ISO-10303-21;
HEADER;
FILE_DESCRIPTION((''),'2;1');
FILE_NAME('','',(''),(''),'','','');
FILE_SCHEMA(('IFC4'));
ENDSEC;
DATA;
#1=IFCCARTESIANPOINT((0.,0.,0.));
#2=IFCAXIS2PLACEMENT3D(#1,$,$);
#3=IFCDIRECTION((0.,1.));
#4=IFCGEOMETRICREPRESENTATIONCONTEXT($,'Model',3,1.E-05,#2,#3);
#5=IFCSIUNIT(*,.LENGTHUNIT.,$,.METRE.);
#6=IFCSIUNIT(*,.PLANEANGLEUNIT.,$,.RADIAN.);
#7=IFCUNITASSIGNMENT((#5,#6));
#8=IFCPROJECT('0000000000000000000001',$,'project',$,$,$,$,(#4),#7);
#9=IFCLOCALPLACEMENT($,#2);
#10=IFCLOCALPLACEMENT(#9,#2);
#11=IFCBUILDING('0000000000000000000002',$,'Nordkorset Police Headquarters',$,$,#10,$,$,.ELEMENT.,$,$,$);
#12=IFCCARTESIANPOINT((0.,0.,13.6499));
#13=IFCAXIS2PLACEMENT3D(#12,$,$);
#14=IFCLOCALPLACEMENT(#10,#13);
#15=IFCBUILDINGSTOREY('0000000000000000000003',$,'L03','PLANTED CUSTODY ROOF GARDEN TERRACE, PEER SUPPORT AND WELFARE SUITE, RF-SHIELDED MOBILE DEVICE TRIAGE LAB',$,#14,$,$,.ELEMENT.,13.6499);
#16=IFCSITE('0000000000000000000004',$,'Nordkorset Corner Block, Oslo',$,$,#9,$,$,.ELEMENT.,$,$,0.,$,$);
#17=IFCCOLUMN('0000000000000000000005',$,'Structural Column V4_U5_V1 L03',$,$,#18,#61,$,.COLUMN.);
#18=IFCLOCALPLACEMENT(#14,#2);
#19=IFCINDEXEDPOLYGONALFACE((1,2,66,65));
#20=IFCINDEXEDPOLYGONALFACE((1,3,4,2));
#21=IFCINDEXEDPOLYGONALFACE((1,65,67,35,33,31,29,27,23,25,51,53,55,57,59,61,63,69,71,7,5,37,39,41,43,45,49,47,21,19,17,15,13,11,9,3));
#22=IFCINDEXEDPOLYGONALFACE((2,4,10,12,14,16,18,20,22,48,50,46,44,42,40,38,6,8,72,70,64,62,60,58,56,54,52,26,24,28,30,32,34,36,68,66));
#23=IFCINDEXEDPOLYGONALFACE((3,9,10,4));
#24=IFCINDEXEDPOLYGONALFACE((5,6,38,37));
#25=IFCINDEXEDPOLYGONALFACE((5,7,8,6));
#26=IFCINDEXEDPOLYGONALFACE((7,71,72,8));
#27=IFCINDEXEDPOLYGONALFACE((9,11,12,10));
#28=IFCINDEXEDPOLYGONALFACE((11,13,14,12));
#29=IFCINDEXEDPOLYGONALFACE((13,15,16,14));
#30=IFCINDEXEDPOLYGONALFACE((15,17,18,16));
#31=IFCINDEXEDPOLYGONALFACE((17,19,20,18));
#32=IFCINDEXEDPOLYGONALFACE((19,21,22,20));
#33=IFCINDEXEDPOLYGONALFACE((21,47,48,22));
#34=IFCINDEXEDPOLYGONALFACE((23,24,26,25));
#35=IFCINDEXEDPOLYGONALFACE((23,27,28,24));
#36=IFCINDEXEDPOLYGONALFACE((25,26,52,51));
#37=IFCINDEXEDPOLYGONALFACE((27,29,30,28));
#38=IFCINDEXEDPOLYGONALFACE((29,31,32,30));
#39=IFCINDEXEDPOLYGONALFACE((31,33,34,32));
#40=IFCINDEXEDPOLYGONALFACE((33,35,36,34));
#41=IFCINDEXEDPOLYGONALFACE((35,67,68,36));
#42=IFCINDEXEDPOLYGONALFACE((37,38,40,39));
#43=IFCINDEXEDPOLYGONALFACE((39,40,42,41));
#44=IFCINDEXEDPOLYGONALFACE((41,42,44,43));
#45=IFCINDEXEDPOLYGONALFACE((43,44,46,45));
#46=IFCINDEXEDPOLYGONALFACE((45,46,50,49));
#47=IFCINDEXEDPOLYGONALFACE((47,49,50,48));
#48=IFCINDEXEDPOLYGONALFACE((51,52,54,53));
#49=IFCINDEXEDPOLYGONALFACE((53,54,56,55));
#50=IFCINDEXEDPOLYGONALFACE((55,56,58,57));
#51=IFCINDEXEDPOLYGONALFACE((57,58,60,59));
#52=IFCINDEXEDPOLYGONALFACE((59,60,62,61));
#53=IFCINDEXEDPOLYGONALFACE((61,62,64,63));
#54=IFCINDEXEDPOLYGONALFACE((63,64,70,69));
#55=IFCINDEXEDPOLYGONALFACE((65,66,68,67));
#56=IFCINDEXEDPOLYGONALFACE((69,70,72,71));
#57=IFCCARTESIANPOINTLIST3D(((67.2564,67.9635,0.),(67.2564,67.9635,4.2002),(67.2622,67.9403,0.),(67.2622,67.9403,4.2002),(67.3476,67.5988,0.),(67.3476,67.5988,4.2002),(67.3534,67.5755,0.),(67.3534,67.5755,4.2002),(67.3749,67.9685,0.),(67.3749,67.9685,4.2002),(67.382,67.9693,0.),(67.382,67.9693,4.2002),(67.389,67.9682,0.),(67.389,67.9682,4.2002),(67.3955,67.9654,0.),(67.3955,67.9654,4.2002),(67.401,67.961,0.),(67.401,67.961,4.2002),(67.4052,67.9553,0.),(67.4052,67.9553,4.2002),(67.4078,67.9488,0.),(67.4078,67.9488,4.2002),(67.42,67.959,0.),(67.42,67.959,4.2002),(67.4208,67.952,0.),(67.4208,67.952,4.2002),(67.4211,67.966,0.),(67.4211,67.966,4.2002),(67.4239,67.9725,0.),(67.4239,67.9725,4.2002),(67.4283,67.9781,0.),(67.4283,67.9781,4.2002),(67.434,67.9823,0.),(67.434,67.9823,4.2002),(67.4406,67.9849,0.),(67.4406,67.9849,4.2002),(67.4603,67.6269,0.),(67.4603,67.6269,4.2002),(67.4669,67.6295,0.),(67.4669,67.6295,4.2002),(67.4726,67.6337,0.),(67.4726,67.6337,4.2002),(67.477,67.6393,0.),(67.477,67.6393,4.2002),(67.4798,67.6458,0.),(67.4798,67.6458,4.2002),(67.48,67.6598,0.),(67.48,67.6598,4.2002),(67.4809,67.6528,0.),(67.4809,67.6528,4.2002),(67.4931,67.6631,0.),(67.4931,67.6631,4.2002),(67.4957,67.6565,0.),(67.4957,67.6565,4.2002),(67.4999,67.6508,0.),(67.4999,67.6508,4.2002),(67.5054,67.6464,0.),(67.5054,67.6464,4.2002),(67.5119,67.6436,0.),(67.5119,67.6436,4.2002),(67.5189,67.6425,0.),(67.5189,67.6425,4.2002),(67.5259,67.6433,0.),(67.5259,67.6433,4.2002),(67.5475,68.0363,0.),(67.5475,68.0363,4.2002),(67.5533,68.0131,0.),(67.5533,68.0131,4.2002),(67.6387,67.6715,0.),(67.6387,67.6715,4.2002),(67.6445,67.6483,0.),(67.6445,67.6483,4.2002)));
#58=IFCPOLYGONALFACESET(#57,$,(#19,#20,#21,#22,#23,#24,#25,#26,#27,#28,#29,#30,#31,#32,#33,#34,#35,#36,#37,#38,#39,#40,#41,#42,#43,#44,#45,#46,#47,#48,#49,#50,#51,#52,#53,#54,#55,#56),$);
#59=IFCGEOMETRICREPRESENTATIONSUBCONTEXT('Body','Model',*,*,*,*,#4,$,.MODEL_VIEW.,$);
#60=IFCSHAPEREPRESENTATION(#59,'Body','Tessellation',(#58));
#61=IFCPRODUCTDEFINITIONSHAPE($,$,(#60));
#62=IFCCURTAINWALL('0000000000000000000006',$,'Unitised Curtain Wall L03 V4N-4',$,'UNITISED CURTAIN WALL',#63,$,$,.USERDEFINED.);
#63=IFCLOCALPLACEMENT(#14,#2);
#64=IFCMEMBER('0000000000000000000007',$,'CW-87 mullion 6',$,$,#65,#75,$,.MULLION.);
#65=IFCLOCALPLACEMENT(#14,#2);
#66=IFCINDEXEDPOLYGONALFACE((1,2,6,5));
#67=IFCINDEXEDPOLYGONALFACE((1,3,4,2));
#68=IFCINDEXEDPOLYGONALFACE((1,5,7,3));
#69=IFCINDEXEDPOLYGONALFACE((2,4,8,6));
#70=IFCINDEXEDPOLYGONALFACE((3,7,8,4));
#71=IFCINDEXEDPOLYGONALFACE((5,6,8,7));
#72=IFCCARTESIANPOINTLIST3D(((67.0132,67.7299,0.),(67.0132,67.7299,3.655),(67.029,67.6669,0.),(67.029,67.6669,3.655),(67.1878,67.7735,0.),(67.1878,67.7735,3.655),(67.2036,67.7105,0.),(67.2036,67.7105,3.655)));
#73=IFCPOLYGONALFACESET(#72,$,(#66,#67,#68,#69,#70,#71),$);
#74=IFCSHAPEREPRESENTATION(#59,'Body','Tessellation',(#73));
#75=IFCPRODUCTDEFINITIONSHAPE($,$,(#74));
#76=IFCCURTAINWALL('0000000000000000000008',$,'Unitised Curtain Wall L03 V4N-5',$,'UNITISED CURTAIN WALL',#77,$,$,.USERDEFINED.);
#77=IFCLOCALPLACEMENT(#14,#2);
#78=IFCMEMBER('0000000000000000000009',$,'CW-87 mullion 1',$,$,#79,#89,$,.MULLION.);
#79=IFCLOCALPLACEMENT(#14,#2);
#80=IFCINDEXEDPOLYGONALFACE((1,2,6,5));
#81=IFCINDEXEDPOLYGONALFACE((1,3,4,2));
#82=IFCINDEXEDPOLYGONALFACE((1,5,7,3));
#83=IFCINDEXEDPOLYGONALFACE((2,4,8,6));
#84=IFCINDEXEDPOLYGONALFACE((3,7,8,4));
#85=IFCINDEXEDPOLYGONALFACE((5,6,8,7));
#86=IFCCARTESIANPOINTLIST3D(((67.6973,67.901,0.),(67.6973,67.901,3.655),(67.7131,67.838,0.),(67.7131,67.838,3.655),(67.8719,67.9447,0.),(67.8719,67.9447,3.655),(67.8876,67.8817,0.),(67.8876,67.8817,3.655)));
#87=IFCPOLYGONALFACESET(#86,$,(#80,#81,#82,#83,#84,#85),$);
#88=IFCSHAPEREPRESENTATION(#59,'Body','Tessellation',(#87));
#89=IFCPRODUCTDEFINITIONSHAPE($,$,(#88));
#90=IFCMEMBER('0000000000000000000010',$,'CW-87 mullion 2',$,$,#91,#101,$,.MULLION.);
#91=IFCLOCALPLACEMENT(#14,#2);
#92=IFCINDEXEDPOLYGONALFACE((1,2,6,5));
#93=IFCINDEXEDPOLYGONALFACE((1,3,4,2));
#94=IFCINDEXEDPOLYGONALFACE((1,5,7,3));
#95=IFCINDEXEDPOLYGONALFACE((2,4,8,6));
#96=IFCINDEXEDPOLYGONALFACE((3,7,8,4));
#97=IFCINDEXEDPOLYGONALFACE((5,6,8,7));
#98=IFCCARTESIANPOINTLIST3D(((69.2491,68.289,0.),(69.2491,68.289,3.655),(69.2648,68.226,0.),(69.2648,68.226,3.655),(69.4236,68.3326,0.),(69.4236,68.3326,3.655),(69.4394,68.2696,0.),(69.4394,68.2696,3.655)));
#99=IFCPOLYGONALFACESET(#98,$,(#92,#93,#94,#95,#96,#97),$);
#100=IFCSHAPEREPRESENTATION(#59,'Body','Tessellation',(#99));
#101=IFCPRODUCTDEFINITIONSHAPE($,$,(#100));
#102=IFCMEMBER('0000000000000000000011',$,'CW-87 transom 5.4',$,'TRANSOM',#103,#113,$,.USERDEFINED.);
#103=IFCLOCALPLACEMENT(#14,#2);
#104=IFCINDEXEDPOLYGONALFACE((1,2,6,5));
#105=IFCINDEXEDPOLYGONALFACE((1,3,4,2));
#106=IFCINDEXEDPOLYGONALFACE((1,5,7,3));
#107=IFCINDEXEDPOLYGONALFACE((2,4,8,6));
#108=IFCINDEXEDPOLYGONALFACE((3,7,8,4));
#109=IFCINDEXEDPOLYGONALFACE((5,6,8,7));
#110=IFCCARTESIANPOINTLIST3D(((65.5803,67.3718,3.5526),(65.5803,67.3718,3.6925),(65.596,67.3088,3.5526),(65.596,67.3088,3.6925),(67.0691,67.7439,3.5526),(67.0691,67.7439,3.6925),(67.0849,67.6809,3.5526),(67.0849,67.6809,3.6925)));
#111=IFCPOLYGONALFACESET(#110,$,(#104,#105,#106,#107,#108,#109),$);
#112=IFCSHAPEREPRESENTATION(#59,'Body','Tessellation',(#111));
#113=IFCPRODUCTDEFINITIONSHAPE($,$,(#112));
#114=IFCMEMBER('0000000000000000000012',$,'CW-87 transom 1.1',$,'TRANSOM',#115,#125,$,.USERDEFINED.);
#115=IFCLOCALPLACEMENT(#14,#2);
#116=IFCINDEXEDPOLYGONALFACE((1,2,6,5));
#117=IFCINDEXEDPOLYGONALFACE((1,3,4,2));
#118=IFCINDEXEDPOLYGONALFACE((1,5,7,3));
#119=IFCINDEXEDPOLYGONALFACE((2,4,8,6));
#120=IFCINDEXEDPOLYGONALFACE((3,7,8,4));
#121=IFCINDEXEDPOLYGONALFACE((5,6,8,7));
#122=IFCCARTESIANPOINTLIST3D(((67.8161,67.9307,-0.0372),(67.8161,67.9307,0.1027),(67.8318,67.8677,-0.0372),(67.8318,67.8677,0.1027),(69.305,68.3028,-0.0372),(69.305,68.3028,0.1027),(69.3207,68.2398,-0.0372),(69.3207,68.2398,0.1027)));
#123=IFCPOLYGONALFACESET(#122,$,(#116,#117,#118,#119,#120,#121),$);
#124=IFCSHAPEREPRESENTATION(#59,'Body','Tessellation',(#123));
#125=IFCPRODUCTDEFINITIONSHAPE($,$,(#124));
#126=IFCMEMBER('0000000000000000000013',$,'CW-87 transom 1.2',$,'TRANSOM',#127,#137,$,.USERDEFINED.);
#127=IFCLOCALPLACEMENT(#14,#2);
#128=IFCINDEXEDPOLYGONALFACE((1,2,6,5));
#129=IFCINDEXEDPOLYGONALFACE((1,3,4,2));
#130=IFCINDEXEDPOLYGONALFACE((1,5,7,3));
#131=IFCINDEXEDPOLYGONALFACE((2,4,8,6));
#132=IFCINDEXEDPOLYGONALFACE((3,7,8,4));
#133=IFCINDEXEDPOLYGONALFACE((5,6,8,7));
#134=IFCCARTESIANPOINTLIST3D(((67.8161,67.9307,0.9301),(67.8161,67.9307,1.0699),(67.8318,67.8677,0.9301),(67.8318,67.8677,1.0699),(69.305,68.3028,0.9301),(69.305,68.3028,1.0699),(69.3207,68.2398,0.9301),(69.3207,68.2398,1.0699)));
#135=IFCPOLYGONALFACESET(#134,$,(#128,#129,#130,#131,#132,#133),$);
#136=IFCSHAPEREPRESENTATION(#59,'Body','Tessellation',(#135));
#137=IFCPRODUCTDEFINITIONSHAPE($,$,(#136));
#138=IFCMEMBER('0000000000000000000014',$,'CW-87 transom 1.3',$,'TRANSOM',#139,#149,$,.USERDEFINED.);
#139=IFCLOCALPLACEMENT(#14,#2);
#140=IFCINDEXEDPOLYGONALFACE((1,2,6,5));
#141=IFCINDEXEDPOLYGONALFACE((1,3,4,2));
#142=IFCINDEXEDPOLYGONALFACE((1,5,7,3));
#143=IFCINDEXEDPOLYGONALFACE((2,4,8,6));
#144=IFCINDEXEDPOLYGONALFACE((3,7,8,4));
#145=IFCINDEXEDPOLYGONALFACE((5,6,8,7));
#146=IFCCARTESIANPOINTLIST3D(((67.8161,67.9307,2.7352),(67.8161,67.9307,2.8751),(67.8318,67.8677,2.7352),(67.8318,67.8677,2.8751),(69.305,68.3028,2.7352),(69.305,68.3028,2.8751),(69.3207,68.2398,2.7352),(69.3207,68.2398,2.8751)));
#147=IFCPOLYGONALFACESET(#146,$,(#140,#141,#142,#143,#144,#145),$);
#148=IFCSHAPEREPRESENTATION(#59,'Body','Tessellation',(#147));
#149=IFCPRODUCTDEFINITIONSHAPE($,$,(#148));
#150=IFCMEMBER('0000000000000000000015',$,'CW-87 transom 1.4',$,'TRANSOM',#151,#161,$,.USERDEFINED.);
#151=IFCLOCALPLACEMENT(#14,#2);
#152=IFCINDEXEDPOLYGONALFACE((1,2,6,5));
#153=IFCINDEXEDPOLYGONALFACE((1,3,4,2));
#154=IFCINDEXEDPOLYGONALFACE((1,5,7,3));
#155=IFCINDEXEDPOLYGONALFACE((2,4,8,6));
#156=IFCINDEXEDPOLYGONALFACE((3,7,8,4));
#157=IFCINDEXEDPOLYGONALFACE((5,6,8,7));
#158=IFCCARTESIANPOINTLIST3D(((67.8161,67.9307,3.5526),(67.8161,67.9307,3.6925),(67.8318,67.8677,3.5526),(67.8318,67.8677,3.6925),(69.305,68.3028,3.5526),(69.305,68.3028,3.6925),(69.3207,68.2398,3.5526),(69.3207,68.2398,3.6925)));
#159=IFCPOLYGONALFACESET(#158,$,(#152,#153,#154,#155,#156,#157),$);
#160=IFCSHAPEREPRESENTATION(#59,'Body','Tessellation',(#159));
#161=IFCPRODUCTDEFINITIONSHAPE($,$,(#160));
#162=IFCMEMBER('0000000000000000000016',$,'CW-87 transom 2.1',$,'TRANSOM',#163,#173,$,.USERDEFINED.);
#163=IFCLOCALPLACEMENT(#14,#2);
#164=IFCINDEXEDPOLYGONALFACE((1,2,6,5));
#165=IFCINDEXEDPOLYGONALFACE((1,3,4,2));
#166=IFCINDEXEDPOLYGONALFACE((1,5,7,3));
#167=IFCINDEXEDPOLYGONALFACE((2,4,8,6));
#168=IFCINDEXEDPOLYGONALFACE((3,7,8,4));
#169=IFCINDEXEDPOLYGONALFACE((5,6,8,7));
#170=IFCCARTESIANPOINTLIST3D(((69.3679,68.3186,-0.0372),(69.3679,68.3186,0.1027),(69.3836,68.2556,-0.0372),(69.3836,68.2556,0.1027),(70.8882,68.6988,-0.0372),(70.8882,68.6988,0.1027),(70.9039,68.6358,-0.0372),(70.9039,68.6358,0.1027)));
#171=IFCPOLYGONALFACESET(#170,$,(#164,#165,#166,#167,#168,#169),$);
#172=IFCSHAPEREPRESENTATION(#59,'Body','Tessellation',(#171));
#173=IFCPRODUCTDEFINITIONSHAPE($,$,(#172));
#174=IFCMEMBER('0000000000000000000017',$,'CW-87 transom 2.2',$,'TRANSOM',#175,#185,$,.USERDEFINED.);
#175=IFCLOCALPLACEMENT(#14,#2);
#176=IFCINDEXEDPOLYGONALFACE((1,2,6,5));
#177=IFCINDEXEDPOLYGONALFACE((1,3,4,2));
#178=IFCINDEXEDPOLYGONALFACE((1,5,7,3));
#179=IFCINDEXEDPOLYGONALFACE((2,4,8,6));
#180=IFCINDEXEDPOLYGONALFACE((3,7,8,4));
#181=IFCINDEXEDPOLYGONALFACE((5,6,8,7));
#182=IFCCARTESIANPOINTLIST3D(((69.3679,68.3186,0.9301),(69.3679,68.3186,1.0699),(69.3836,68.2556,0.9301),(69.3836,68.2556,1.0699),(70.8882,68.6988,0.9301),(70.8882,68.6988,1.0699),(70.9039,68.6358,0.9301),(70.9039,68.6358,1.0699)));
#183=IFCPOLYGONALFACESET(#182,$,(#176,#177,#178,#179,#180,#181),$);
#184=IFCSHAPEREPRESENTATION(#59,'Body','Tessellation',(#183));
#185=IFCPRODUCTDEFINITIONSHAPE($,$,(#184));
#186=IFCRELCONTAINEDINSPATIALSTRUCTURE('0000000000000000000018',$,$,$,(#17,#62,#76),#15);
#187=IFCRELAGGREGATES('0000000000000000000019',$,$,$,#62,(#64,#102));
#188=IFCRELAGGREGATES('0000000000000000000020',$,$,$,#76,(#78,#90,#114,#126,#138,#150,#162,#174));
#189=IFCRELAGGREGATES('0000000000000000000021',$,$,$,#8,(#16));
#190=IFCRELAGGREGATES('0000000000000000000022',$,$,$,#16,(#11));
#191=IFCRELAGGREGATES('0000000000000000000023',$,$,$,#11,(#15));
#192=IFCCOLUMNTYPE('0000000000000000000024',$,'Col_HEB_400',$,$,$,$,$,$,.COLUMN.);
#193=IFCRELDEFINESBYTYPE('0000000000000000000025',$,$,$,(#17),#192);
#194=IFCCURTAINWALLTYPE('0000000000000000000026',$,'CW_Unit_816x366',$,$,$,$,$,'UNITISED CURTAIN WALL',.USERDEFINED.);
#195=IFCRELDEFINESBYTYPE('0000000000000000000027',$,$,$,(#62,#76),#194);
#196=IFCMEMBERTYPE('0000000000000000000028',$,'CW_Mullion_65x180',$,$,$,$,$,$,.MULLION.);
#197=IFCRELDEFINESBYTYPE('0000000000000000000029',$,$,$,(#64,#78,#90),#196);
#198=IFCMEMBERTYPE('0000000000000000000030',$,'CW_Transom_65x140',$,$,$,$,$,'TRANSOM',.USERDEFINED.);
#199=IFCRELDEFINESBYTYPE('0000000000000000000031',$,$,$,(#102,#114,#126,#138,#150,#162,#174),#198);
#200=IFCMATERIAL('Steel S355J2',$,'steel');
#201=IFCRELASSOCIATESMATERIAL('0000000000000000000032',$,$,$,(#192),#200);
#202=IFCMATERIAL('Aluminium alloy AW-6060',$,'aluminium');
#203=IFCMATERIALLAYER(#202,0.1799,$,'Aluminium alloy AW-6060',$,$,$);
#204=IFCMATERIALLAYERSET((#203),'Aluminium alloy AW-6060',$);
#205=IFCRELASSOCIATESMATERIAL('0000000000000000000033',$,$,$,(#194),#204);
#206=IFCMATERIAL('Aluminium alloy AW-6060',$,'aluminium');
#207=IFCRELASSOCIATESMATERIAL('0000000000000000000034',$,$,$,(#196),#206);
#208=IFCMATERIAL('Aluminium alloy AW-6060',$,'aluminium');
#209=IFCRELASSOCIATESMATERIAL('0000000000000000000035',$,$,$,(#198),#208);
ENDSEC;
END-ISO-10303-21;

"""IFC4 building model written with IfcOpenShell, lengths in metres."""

from ifc_helpers import new_model, si_unit, direction, frame, origin, origin_2d, place, context, subcontext, project, spatial, rectangle, i_section, extrude, material, layer, layer_set, material_profile, profile_set, type_object, element, aggregate, save


model = new_model("IFC4")

# Units and contexts
model_context = context("Model", 3, precision=1e-05, world=origin(), true_north=direction((0.0, 1.0)))
body_context = subcontext(model_context, "Body", "Model", "MODEL_VIEW")
ifc_project = project(units=[si_unit("LENGTHUNIT", "METRE"), si_unit("PLANEANGLEUNIT", "RADIAN")], contexts=[model_context])

# Site, building, storey
site_placement = place(None, origin())
site = spatial("IfcSite", under=ifc_project, at=site_placement, Name="Nordkorset Corner Block, Oslo", CompositionType="ELEMENT", RefElevation=0.0)
building_placement = place(site_placement, origin())
building = spatial("IfcBuilding", under=site, at=building_placement, Name="Nordkorset Police Headquarters", CompositionType="ELEMENT")
storey_placement = place(building_placement, frame((0.0, 0.0, 13.6499)))
storey = spatial("IfcBuildingStorey", under=building, at=storey_placement, Name="L03", Description="PLANTED CUSTODY ROOF GARDEN TERRACE, PEER SUPPORT AND WELFARE SUITE, RF-SHIELDED MOBILE DEVICE TRIAGE LAB", CompositionType="ELEMENT", Elevation=13.6499)

# Column
ifc_material_1 = material(Name="Steel S355J2", Category="steel")
ifc_material_profile_1 = material_profile(ifc_material_1, i_section(OverallWidth=0.3, OverallDepth=0.3999, WebThickness=0.0134, FlangeThickness=0.0239, FilletRadius=0.0271, at=origin_2d()), Name="HEB 400")
ifc_profile_set_1 = profile_set([ifc_material_profile_1], Name="Steel S355J2")
column_type = type_object("IfcColumnType", Name="Col_HEB_400", PredefinedType="COLUMN", material=ifc_profile_set_1)
column_placement = place(storey_placement, frame((67.4504, 67.8059, 0.0), z_axis=(0.0, 0.0, 1.0), x_axis=(0.970143, 0.242536, 0.0)))
element("IfcColumn", 1, at=column_placement, inside=storey, type_object=column_type, Name="Structural Column V4_U5_V1 L03", PredefinedType="COLUMN", context=body_context, shape_type="SweptSolid", body=[
    extrude(i_section(OverallWidth=0.3, OverallDepth=0.3999, WebThickness=0.0134, FlangeThickness=0.0239, FilletRadius=0.0271, at=origin_2d()), origin(), (0.0, 0.0, 1.0), 4.2002),
])

# Curtain wall, member
ifc_material_2 = material(Name="Aluminium alloy AW-6060", Category="aluminium")
ifc_layer_1 = layer(ifc_material_2, 0.1799, Name="Aluminium alloy AW-6060")
ifc_layer_set_1 = layer_set([ifc_layer_1], Name="Aluminium alloy AW-6060")
curtain_wall_type = type_object("IfcCurtainWallType", Name="CW_Unit_816x366", ElementType="UNITISED CURTAIN WALL", PredefinedType="USERDEFINED", material=ifc_layer_set_1)
curtain_wall_1_placement = place(storey_placement, origin())
curtain_wall_1 = element("IfcCurtainWall", 2, at=curtain_wall_1_placement, inside=storey, type_object=curtain_wall_type, Name="Unitised Curtain Wall L03 V4N-4", ObjectType="UNITISED CURTAIN WALL", PredefinedType="USERDEFINED")
ifc_material_3 = material(Name="Aluminium alloy AW-6060", Category="aluminium")
ifc_material_profile_2 = material_profile(ifc_material_3, rectangle(XDim=0.0649, YDim=0.1799, at=origin_2d()), Name="ALU MULL 65x180")
ifc_profile_set_2 = profile_set([ifc_material_profile_2], Name="Aluminium alloy AW-6060")
member_type_1 = type_object("IfcMemberType", Name="CW_Mullion_65x180", PredefinedType="MULLION", material=ifc_profile_set_2)
member_1_placement = place(storey_placement, frame((67.1084, 67.7202, 0.0), z_axis=(0.0, 0.0, 1.0), x_axis=(-0.242535, 0.970143, 0.0)))
member_1 = element("IfcMember", 3, at=member_1_placement, type_object=member_type_1, Name="CW-87 mullion 6", PredefinedType="MULLION", context=body_context, shape_type="SweptSolid", body=[
    extrude(rectangle(XDim=0.0649, YDim=0.1799, at=origin_2d()), origin(), (0.0, 0.0, 1.0), 3.655),
])

# Curtain wall, members
curtain_wall_2_placement = place(storey_placement, origin())
curtain_wall_2 = element("IfcCurtainWall", 4, at=curtain_wall_2_placement, inside=storey, type_object=curtain_wall_type, Name="Unitised Curtain Wall L03 V4N-5", ObjectType="UNITISED CURTAIN WALL", PredefinedType="USERDEFINED")
member_2_placement = place(storey_placement, frame((67.7925, 67.8914, 0.0), z_axis=(0.0, 0.0, 1.0), x_axis=(-0.242536, 0.970143, 0.0)))
member_2 = element("IfcMember", 5, at=member_2_placement, type_object=member_type_1, Name="CW-87 mullion 1", PredefinedType="MULLION", context=body_context, shape_type="SweptSolid", body=[
    extrude(rectangle(XDim=0.0649, YDim=0.1799, at=origin_2d()), origin(), (0.0, 0.0, 1.0), 3.655),
])
member_3_placement = place(storey_placement, frame((69.3442, 68.2793, 0.0), z_axis=(0.0, 0.0, 1.0), x_axis=(-0.242536, 0.970143, 0.0)))
member_3 = element("IfcMember", 6, at=member_3_placement, type_object=member_type_1, Name="CW-87 mullion 2", PredefinedType="MULLION", context=body_context, shape_type="SweptSolid", body=[
    extrude(rectangle(XDim=0.0649, YDim=0.1799, at=origin_2d()), origin(), (0.0, 0.0, 1.0), 3.655),
])

# Members
ifc_material_4 = material(Name="Aluminium alloy AW-6060", Category="aluminium")
ifc_material_profile_3 = material_profile(ifc_material_4, rectangle(XDim=0.0649, YDim=0.1399, at=origin_2d()), Name="ALU TRAN 65x140")
ifc_profile_set_3 = profile_set([ifc_material_profile_3], Name="Aluminium alloy AW-6060")
member_type_2 = type_object("IfcMemberType", Name="CW_Transom_65x140", ElementType="TRANSOM", PredefinedType="USERDEFINED", material=ifc_profile_set_3)
member_4_placement = place(storey_placement, frame((65.5881, 67.3403, 3.6226), z_axis=(0.970161, 0.242461, 0.0), x_axis=(-0.242461, 0.970161, 0.0)))
member_4 = element("IfcMember", 7, at=member_4_placement, type_object=member_type_2, Name="CW-87 transom 5.4", ObjectType="TRANSOM", PredefinedType="USERDEFINED", context=body_context, shape_type="SweptSolid", body=[
    extrude(rectangle(XDim=0.0649, YDim=0.1399, at=origin_2d()), origin(), (0.0, 0.0, 1.0), 1.5347),
])
member_5_placement = place(storey_placement, frame((67.824, 67.8992, 0.0327), z_axis=(0.970161, 0.242461, 0.0), x_axis=(-0.242461, 0.970161, 0.0)))
member_5 = element("IfcMember", 8, at=member_5_placement, type_object=member_type_2, Name="CW-87 transom 1.1", ObjectType="TRANSOM", PredefinedType="USERDEFINED", context=body_context, shape_type="SweptSolid", body=[
    extrude(rectangle(XDim=0.0649, YDim=0.1399, at=origin_2d()), origin(), (0.0, 0.0, 1.0), 1.5347),
])
member_6_placement = place(storey_placement, frame((67.824, 67.8992, 1.0), z_axis=(0.970161, 0.242461, 0.0), x_axis=(-0.242461, 0.970161, 0.0)))
member_6 = element("IfcMember", 9, at=member_6_placement, type_object=member_type_2, Name="CW-87 transom 1.2", ObjectType="TRANSOM", PredefinedType="USERDEFINED", context=body_context, shape_type="SweptSolid", body=[
    extrude(rectangle(XDim=0.0649, YDim=0.1399, at=origin_2d()), origin(), (0.0, 0.0, 1.0), 1.5347),
])
member_7_placement = place(storey_placement, frame((67.824, 67.8992, 2.8052), z_axis=(0.970161, 0.242461, 0.0), x_axis=(-0.242461, 0.970161, 0.0)))
member_7 = element("IfcMember", 10, at=member_7_placement, type_object=member_type_2, Name="CW-87 transom 1.3", ObjectType="TRANSOM", PredefinedType="USERDEFINED", context=body_context, shape_type="SweptSolid", body=[
    extrude(rectangle(XDim=0.0649, YDim=0.1399, at=origin_2d()), origin(), (0.0, 0.0, 1.0), 1.5347),
])
member_8_placement = place(storey_placement, frame((67.824, 67.8992, 3.6226), z_axis=(0.970161, 0.242461, 0.0), x_axis=(-0.242461, 0.970161, 0.0)))
member_8 = element("IfcMember", 11, at=member_8_placement, type_object=member_type_2, Name="CW-87 transom 1.4", ObjectType="TRANSOM", PredefinedType="USERDEFINED", context=body_context, shape_type="SweptSolid", body=[
    extrude(rectangle(XDim=0.0649, YDim=0.1399, at=origin_2d()), origin(), (0.0, 0.0, 1.0), 1.5347),
])
member_9_placement = place(storey_placement, frame((69.3757, 68.2871, 0.0327), z_axis=(0.970133, 0.242572, 0.0), x_axis=(-0.242572, 0.970133, 0.0)))
member_9 = element("IfcMember", 12, at=member_9_placement, type_object=member_type_2, Name="CW-87 transom 2.1", ObjectType="TRANSOM", PredefinedType="USERDEFINED", context=body_context, shape_type="SweptSolid", body=[
    extrude(rectangle(XDim=0.0649, YDim=0.1399, at=origin_2d()), origin(), (0.0, 0.0, 1.0), 1.5671),
])
member_10_placement = place(storey_placement, frame((69.3757, 68.2871, 1.0), z_axis=(0.970133, 0.242572, 0.0), x_axis=(-0.242572, 0.970133, 0.0)))
member_10 = element("IfcMember", 13, at=member_10_placement, type_object=member_type_2, Name="CW-87 transom 2.2", ObjectType="TRANSOM", PredefinedType="USERDEFINED", context=body_context, shape_type="SweptSolid", body=[
    extrude(rectangle(XDim=0.0649, YDim=0.1399, at=origin_2d()), origin(), (0.0, 0.0, 1.0), 1.5671),
])

aggregate(curtain_wall_1, [member_1, member_4])
aggregate(curtain_wall_2, [member_2, member_3, member_5, member_6, member_7, member_8, member_9, member_10])

save(model, "model.ifc")
